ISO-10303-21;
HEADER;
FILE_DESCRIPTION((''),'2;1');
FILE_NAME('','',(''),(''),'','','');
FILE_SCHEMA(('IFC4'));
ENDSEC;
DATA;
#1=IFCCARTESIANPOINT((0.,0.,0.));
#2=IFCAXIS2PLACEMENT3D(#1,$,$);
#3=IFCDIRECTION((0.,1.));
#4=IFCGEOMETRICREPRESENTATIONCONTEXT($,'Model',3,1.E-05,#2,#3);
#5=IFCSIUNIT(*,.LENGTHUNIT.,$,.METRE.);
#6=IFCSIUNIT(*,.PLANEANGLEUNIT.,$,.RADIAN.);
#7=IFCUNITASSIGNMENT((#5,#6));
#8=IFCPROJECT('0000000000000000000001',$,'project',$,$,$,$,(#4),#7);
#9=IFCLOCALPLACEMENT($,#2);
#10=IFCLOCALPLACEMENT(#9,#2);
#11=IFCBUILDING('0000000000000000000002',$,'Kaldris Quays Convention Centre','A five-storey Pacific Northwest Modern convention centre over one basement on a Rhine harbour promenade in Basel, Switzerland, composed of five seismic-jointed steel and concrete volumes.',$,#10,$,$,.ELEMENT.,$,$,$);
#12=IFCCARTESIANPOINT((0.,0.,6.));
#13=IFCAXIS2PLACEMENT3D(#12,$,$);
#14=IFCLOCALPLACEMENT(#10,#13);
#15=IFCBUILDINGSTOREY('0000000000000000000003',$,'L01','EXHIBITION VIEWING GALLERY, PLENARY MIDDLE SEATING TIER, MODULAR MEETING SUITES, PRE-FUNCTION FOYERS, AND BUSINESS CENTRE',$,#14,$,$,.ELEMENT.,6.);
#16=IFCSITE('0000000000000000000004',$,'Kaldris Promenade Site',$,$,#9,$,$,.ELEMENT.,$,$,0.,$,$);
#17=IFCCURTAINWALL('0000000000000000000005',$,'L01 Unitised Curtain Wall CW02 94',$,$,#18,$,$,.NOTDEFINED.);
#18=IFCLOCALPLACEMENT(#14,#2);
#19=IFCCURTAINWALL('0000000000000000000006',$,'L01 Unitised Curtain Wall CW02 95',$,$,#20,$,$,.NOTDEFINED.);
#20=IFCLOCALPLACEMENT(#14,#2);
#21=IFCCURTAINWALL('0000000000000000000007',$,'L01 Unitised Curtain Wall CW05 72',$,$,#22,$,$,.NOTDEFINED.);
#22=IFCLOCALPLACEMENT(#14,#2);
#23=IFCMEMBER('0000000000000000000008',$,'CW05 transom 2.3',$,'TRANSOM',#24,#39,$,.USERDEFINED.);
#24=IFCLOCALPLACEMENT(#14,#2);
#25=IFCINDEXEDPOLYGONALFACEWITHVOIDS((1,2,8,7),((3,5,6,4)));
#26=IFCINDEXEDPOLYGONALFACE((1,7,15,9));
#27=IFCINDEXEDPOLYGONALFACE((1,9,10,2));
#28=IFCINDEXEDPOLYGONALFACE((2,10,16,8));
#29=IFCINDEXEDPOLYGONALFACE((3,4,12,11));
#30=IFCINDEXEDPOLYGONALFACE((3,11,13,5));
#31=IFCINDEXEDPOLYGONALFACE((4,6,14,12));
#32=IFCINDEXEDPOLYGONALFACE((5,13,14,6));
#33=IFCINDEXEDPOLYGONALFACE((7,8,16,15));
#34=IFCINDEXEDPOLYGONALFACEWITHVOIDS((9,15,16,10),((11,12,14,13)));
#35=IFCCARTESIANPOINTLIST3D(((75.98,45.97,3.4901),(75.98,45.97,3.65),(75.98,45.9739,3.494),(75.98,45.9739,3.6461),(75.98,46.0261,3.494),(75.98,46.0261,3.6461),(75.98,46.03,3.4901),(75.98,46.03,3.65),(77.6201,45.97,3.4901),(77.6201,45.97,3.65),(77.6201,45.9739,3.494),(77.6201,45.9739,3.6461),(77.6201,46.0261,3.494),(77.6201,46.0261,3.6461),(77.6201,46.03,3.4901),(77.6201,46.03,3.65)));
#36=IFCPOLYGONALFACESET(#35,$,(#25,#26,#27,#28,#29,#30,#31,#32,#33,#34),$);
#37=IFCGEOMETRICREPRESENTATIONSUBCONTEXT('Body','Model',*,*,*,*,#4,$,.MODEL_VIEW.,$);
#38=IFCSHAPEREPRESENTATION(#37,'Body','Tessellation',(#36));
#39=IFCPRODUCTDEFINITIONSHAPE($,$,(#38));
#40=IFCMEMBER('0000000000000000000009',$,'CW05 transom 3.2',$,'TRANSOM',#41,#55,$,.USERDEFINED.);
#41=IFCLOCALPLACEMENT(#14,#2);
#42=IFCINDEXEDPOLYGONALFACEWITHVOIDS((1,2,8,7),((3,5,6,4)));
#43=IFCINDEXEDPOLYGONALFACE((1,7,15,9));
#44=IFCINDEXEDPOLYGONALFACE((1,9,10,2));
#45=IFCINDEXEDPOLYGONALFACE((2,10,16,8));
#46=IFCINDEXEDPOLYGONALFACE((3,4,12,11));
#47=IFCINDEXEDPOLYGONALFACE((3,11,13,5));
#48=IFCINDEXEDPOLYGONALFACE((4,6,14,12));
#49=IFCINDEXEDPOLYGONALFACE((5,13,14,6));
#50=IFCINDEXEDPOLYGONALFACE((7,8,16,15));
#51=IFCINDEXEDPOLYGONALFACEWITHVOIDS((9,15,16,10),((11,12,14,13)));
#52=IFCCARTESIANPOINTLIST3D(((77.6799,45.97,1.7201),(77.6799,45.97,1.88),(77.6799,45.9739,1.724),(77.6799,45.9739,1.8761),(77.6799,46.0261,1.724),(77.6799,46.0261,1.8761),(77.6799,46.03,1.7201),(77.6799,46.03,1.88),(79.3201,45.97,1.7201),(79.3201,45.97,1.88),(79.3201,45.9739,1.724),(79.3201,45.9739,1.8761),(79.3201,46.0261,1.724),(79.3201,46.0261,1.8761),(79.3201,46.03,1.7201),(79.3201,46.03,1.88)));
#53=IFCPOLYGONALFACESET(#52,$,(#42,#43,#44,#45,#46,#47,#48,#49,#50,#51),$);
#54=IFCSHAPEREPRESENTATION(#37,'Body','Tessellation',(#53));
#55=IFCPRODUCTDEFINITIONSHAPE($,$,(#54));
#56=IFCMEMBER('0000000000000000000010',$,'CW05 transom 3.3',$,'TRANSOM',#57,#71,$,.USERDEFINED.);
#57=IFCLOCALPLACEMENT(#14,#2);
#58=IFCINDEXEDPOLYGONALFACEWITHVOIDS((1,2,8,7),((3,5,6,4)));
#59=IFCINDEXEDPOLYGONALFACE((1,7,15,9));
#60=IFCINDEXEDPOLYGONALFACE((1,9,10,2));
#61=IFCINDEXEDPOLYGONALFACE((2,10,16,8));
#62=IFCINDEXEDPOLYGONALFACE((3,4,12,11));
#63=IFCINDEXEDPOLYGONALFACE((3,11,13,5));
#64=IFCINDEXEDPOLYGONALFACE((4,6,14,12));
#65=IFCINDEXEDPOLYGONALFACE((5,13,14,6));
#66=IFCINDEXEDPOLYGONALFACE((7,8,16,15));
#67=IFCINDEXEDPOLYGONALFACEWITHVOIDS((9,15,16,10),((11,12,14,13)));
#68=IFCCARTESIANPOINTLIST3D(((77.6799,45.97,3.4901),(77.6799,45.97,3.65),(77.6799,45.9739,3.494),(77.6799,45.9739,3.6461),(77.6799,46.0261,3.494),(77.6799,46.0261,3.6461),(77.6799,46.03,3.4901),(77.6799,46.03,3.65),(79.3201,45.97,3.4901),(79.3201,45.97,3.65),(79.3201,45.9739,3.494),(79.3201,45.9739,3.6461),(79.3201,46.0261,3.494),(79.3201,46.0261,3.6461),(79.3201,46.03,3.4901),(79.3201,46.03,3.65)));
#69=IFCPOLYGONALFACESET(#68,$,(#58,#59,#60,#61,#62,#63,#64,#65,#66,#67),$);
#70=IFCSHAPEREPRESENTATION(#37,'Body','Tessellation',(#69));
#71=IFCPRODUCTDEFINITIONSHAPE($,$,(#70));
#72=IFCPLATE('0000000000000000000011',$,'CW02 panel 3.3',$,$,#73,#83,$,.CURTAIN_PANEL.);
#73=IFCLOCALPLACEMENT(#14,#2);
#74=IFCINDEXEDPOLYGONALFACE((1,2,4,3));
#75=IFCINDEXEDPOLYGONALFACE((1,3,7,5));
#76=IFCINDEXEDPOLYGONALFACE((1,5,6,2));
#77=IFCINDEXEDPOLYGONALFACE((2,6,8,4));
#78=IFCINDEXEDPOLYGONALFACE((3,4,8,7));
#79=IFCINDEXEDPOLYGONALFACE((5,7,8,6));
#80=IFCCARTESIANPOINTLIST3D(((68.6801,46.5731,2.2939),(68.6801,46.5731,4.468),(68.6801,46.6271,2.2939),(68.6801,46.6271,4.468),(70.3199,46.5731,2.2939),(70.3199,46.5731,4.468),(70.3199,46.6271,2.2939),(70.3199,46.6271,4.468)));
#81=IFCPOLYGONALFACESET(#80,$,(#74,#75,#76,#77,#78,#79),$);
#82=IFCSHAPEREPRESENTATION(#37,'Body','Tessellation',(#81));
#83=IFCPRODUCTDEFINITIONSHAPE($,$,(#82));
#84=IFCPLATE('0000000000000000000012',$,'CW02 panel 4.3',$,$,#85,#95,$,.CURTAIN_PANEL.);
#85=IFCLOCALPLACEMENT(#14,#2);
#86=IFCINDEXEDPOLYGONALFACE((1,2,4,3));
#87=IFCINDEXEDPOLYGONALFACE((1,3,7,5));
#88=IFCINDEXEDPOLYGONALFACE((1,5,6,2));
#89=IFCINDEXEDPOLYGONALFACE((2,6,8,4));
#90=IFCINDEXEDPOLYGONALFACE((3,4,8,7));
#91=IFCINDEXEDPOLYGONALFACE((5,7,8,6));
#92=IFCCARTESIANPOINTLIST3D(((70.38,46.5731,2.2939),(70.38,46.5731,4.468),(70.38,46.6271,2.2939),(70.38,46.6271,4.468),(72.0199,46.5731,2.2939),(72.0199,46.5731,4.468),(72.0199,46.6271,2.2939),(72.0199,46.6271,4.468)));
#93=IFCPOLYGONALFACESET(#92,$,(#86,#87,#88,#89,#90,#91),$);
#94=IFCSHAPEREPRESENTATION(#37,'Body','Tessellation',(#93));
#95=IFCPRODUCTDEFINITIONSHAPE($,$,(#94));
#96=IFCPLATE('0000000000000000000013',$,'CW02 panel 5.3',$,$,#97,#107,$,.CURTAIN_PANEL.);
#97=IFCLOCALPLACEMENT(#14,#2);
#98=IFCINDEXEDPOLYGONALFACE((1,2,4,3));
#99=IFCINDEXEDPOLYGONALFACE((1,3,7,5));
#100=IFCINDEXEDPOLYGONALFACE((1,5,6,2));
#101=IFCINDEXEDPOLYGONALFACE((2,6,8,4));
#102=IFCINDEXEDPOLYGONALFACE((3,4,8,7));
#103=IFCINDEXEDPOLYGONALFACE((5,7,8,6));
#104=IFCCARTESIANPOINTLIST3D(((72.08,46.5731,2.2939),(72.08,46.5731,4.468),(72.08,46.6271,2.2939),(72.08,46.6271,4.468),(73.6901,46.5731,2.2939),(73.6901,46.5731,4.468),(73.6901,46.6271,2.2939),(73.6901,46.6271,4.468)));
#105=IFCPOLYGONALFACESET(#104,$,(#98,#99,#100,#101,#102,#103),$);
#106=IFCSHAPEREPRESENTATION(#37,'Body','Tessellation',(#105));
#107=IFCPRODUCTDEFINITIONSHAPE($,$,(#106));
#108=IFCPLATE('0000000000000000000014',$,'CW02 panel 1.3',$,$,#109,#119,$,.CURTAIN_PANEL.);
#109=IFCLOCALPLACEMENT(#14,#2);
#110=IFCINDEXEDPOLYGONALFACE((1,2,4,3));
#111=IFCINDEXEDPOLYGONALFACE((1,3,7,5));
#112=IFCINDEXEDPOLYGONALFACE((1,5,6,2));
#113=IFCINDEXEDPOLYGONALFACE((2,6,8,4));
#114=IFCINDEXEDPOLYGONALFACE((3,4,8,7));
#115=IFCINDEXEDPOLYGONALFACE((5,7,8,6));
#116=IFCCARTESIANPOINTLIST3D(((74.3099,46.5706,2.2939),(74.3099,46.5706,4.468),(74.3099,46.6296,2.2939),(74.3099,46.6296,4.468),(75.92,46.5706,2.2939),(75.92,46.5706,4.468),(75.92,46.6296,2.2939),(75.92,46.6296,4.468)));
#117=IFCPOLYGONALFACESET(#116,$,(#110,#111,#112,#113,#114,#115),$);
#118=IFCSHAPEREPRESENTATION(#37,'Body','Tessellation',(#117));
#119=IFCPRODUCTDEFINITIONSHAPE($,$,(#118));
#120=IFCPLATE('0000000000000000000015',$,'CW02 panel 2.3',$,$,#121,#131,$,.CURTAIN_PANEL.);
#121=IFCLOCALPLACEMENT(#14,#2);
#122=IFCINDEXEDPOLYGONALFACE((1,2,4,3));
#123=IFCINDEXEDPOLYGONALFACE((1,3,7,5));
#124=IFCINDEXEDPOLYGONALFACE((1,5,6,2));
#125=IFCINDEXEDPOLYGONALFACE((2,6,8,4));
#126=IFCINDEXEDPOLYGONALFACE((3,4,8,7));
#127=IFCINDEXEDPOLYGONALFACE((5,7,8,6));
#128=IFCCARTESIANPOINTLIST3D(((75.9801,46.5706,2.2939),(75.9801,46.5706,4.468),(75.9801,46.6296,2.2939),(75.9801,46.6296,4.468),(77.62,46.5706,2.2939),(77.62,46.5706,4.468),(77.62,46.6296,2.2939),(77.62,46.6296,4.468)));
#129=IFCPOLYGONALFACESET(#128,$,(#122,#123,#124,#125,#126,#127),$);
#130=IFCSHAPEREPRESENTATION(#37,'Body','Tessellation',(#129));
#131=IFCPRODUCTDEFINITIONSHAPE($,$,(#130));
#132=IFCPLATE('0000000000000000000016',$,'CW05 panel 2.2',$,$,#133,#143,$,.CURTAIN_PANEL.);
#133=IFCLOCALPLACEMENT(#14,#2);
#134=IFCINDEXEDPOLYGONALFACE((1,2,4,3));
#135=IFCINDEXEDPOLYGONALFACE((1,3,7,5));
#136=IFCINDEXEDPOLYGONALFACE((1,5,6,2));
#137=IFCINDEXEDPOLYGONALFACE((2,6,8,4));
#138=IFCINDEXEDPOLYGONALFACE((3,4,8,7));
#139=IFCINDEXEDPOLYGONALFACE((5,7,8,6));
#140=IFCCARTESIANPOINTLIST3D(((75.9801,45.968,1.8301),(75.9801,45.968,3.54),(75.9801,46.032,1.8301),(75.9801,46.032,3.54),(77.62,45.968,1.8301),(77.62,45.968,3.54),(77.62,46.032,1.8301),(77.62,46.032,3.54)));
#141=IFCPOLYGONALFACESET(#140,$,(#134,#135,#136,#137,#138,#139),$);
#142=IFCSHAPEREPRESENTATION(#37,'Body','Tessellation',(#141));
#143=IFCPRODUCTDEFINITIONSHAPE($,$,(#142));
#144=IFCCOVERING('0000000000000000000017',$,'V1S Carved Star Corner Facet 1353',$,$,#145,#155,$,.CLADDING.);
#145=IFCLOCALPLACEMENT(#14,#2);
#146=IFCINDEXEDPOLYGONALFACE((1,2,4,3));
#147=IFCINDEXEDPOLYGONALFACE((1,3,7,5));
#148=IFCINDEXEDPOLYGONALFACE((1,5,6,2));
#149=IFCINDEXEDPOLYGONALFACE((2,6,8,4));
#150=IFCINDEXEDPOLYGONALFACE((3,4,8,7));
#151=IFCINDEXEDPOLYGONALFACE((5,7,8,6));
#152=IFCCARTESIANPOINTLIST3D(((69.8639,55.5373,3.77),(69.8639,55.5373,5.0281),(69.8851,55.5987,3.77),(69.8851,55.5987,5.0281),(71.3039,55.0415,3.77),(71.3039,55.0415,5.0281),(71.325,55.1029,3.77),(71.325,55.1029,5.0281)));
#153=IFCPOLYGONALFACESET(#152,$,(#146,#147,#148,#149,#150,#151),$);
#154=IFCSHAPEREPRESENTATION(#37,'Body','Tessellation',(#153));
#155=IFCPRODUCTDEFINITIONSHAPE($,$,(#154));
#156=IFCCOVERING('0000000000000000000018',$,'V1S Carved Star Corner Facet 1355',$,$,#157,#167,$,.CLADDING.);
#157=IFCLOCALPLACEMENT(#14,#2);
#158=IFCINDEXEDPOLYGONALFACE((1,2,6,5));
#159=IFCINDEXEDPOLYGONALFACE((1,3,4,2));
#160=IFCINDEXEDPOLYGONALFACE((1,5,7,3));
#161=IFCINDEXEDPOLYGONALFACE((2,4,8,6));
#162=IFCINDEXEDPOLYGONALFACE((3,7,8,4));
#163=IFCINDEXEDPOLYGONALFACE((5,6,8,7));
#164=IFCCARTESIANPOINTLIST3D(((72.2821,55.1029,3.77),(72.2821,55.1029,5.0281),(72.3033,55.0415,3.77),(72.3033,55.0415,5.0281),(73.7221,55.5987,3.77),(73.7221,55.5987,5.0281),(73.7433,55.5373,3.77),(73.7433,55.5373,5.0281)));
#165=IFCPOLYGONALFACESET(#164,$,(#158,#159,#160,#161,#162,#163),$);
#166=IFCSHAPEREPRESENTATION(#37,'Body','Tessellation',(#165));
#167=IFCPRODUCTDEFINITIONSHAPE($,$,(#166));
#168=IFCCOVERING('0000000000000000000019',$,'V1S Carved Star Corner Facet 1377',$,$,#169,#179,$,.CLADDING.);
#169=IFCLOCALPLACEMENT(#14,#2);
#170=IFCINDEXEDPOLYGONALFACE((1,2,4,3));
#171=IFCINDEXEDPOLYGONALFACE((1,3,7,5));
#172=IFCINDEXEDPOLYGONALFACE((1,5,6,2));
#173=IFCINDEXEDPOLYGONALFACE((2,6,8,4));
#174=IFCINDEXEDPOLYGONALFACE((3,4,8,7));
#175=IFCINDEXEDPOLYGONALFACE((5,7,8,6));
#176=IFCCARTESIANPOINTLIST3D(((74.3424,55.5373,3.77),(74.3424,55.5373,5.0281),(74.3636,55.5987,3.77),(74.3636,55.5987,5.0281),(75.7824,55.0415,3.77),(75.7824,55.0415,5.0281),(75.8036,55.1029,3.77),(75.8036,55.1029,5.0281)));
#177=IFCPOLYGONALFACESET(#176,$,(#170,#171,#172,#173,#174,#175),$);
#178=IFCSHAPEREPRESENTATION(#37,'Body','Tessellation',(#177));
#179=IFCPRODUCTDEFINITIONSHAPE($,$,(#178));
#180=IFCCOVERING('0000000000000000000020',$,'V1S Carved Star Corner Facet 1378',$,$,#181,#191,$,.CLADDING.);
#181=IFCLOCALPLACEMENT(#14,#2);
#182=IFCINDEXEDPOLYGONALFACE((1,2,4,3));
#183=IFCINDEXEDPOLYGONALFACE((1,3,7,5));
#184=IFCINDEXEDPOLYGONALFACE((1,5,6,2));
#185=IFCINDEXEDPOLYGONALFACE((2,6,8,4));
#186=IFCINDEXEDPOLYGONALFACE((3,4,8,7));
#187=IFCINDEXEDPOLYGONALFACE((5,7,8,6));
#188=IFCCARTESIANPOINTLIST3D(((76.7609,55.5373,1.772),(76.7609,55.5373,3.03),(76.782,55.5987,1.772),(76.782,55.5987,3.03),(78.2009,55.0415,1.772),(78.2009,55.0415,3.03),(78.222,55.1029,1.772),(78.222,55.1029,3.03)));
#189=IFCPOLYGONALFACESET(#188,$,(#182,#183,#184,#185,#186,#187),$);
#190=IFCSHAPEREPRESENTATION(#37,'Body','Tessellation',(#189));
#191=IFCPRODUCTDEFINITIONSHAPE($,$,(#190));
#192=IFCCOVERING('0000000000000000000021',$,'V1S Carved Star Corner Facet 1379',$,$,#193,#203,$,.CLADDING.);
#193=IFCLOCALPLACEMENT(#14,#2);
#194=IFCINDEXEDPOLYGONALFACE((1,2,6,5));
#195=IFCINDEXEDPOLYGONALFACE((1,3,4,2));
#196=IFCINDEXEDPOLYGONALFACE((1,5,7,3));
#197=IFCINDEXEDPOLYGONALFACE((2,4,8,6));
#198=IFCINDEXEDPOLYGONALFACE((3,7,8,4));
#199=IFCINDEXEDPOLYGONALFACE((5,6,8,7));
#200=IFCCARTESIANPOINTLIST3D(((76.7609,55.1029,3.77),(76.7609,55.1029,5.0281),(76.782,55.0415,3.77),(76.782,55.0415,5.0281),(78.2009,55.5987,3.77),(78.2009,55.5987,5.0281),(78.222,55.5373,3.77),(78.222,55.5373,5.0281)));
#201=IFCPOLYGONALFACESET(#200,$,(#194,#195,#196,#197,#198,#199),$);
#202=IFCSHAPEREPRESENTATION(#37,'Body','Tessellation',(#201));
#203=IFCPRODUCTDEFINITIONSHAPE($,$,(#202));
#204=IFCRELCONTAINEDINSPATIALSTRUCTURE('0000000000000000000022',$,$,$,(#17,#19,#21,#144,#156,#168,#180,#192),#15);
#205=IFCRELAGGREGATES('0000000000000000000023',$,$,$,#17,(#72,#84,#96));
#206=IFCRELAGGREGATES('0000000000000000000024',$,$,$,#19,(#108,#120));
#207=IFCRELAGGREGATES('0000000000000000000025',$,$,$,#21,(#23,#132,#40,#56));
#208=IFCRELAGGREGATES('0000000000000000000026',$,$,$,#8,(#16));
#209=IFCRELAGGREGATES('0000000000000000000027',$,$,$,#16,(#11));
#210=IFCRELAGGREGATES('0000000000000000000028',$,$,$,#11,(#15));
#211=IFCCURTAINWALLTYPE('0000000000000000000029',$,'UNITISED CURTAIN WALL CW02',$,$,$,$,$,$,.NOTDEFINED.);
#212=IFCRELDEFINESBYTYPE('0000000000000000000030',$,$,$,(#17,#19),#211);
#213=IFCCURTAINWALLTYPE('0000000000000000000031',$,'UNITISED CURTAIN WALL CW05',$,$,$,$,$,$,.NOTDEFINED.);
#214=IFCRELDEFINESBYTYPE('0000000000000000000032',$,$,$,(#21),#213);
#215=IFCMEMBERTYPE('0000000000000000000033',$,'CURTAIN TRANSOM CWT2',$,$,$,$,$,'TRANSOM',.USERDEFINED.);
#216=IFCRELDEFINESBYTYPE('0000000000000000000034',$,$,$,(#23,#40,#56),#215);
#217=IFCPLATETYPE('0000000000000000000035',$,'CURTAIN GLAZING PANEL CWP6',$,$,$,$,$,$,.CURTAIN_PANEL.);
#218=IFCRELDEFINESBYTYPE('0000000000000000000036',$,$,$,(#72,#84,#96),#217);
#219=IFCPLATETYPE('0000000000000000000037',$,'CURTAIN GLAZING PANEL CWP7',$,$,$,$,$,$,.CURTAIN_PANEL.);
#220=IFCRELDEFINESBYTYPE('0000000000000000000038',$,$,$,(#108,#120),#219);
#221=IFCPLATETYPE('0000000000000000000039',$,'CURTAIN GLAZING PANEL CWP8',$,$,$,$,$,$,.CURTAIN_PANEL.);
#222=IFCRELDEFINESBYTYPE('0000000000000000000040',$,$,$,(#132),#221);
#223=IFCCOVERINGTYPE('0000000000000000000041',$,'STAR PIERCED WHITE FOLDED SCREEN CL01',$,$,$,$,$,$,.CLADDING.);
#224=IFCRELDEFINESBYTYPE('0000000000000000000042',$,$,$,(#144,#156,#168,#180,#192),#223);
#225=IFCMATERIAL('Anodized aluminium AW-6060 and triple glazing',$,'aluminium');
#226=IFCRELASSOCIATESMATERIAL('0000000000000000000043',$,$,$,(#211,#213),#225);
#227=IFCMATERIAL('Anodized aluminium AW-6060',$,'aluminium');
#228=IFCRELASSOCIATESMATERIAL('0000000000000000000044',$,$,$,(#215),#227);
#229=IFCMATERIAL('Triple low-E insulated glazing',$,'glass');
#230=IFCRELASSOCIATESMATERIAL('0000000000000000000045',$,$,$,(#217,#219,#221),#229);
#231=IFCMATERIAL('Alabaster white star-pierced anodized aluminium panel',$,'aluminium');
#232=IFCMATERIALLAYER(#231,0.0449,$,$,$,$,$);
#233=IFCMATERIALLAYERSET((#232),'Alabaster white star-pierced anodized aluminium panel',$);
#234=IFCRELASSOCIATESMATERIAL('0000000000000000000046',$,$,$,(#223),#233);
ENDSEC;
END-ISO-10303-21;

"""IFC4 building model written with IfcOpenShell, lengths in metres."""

from ifc_helpers import new_model, si_unit, direction, frame, origin, origin_2d, place, context, subcontext, project, spatial, rectangle, hollow_rectangle, extrude, material, layer, layer_set, material_profile, profile_set, type_object, element, aggregate, save


model = new_model("IFC4")

# Units and contexts
model_context = context("Model", 3, precision=1e-05, world=origin(), true_north=direction((0.0, 1.0)))
body_context = subcontext(model_context, "Body", "Model", "MODEL_VIEW")
ifc_project = project(units=[si_unit("LENGTHUNIT", "METRE"), si_unit("PLANEANGLEUNIT", "RADIAN")], contexts=[model_context])

# Site, building, storey
site_placement = place(None, origin())
site = spatial("IfcSite", under=ifc_project, at=site_placement, Name="Kaldris Promenade Site", CompositionType="ELEMENT", RefElevation=0.0)
building_placement = place(site_placement, origin())
building = spatial("IfcBuilding", under=site, at=building_placement, Name="Kaldris Quays Convention Centre", Description="A five-storey Pacific Northwest Modern convention centre over one basement on a Rhine harbour promenade in Basel, Switzerland, composed of five seismic-jointed steel and concrete volumes.", CompositionType="ELEMENT")
storey_placement = place(building_placement, frame((0.0, 0.0, 6.0)))
storey = spatial("IfcBuildingStorey", under=building, at=storey_placement, Name="L01", Description="EXHIBITION VIEWING GALLERY, PLENARY MIDDLE SEATING TIER, MODULAR MEETING SUITES, PRE-FUNCTION FOYERS, AND BUSINESS CENTRE", CompositionType="ELEMENT", Elevation=6.0)

# Curtain walls, members
ifc_material_1 = material(Name="Anodized aluminium AW-6060 and triple glazing", Category="aluminium")
curtain_wall_type_1 = type_object("IfcCurtainWallType", Name="UNITISED CURTAIN WALL CW02", PredefinedType="NOTDEFINED", material=ifc_material_1)
curtain_wall_1_placement = place(storey_placement, origin())
curtain_wall_1 = element("IfcCurtainWall", 1, at=curtain_wall_1_placement, inside=storey, type_object=curtain_wall_type_1, Name="L01 Unitised Curtain Wall CW02 94", PredefinedType="NOTDEFINED")
ifc_material_2 = material(Name="Anodized aluminium AW-6060", Category="aluminium")
curtain_wall_2_placement = place(storey_placement, origin())
curtain_wall_2 = element("IfcCurtainWall", 2, at=curtain_wall_2_placement, inside=storey, type_object=curtain_wall_type_1, Name="L01 Unitised Curtain Wall CW02 95", PredefinedType="NOTDEFINED")
curtain_wall_type_2 = type_object("IfcCurtainWallType", Name="UNITISED CURTAIN WALL CW05", PredefinedType="NOTDEFINED", material=ifc_material_1)
curtain_wall_3_placement = place(storey_placement, origin())
curtain_wall_3 = element("IfcCurtainWall", 3, at=curtain_wall_3_placement, inside=storey, type_object=curtain_wall_type_2, Name="L01 Unitised Curtain Wall CW05 72", PredefinedType="NOTDEFINED")
ifc_material_profile_1 = material_profile(ifc_material_2, hollow_rectangle(XDim=0.0601, YDim=0.1599, WallThickness=0.0039, at=origin_2d()), Name="RHS 160x60x4")
ifc_profile_set_1 = profile_set([ifc_material_profile_1], Name="Anodized aluminium AW-6060")
member_type_1 = type_object("IfcMemberType", Name="CURTAIN TRANSOM CWT2", ElementType="TRANSOM", PredefinedType="USERDEFINED", material=ifc_profile_set_1)
member_1_placement = place(storey_placement, frame((75.98, 46.0, 3.5701), z_axis=(1.0, 0.0, 0.0), x_axis=(0.0, 1.0, 0.0)))
member_1 = element("IfcMember", 4, at=member_1_placement, type_object=member_type_1, Name="CW05 transom 2.3", ObjectType="TRANSOM", PredefinedType="USERDEFINED", context=body_context, shape_type="SweptSolid", body=[
    extrude(hollow_rectangle(XDim=0.0601, YDim=0.1599, WallThickness=0.0039, at=origin_2d()), origin(), (0.0, 0.0, 1.0), 1.6401),
])
member_2_placement = place(storey_placement, frame((77.6799, 46.0, 1.8), z_axis=(1.0, 0.0, 0.0), x_axis=(0.0, 1.0, 0.0)))
member_2 = element("IfcMember", 5, at=member_2_placement, type_object=member_type_1, Name="CW05 transom 3.2", ObjectType="TRANSOM", PredefinedType="USERDEFINED", context=body_context, shape_type="SweptSolid", body=[
    extrude(hollow_rectangle(XDim=0.0601, YDim=0.1599, WallThickness=0.0039, at=origin_2d()), origin(), (0.0, 0.0, 1.0), 1.6401),
])
member_3_placement = place(storey_placement, frame((77.6799, 46.0, 3.5701), z_axis=(1.0, 0.0, 0.0), x_axis=(0.0, 1.0, 0.0)))
member_3 = element("IfcMember", 6, at=member_3_placement, type_object=member_type_1, Name="CW05 transom 3.3", ObjectType="TRANSOM", PredefinedType="USERDEFINED", context=body_context, shape_type="SweptSolid", body=[
    extrude(hollow_rectangle(XDim=0.0601, YDim=0.1599, WallThickness=0.0039, at=origin_2d()), origin(), (0.0, 0.0, 1.0), 1.6401),
])

# Plates
ifc_material_3 = material(Name="Triple low-E insulated glazing", Category="glass")
plate_type_1 = type_object("IfcPlateType", Name="CURTAIN GLAZING PANEL CWP6", PredefinedType="CURTAIN_PANEL", material=ifc_material_3)
plate_1_placement = place(storey_placement, frame((69.5, 46.6001, 2.2939), z_axis=(0.0, 0.0, 1.0), x_axis=(1.0, 0.0, 0.0)))
plate_1 = element("IfcPlate", 7, at=plate_1_placement, type_object=plate_type_1, Name="CW02 panel 3.3", PredefinedType="CURTAIN_PANEL", context=body_context, shape_type="SweptSolid", body=[
    extrude(rectangle(XDim=1.6399, YDim=0.054, at=origin_2d()), origin(), (0.0, 0.0, 1.0), 2.1741),
])
plate_2_placement = place(storey_placement, frame((71.2, 46.6001, 2.2939), z_axis=(0.0, 0.0, 1.0), x_axis=(1.0, 0.0, 0.0)))
plate_2 = element("IfcPlate", 8, at=plate_2_placement, type_object=plate_type_1, Name="CW02 panel 4.3", PredefinedType="CURTAIN_PANEL", context=body_context, shape_type="SweptSolid", body=[
    extrude(rectangle(XDim=1.6399, YDim=0.054, at=origin_2d()), origin(), (0.0, 0.0, 1.0), 2.1741),
])
plate_3_placement = place(storey_placement, frame((72.885, 46.6001, 2.2939), z_axis=(0.0, 0.0, 1.0), x_axis=(1.0, 0.0, 0.0)))
plate_3 = element("IfcPlate", 9, at=plate_3_placement, type_object=plate_type_1, Name="CW02 panel 5.3", PredefinedType="CURTAIN_PANEL", context=body_context, shape_type="SweptSolid", body=[
    extrude(rectangle(XDim=1.6101, YDim=0.054, at=origin_2d()), origin(), (0.0, 0.0, 1.0), 2.1741),
])
aggregate(curtain_wall_1, [plate_1, plate_2, plate_3])
plate_type_2 = type_object("IfcPlateType", Name="CURTAIN GLAZING PANEL CWP7", PredefinedType="CURTAIN_PANEL", material=ifc_material_3)
plate_4_placement = place(storey_placement, frame((75.115, 46.6001, 2.2939), z_axis=(0.0, 0.0, 1.0), x_axis=(1.0, 0.0, 0.0)))
plate_4 = element("IfcPlate", 10, at=plate_4_placement, type_object=plate_type_2, Name="CW02 panel 1.3", PredefinedType="CURTAIN_PANEL", context=body_context, shape_type="SweptSolid", body=[
    extrude(rectangle(XDim=1.6101, YDim=0.0591, at=origin_2d()), origin(), (0.0, 0.0, 1.0), 2.1741),
])
plate_5_placement = place(storey_placement, frame((76.8, 46.6001, 2.2939), z_axis=(0.0, 0.0, 1.0), x_axis=(1.0, 0.0, 0.0)))
plate_5 = element("IfcPlate", 11, at=plate_5_placement, type_object=plate_type_2, Name="CW02 panel 2.3", PredefinedType="CURTAIN_PANEL", context=body_context, shape_type="SweptSolid", body=[
    extrude(rectangle(XDim=1.6399, YDim=0.0591, at=origin_2d()), origin(), (0.0, 0.0, 1.0), 2.1741),
])
aggregate(curtain_wall_2, [plate_4, plate_5])
plate_type_3 = type_object("IfcPlateType", Name="CURTAIN GLAZING PANEL CWP8", PredefinedType="CURTAIN_PANEL", material=ifc_material_3)
plate_6_placement = place(storey_placement, frame((76.8, 46.0, 1.8301), z_axis=(0.0, 0.0, 1.0), x_axis=(1.0, 0.0, 0.0)))
plate_6 = element("IfcPlate", 12, at=plate_6_placement, type_object=plate_type_3, Name="CW05 panel 2.2", PredefinedType="CURTAIN_PANEL", context=body_context, shape_type="SweptSolid", body=[
    extrude(rectangle(XDim=1.6399, YDim=0.064, at=origin_2d()), origin(), (0.0, 0.0, 1.0), 1.71),
])
aggregate(curtain_wall_3, [member_1, plate_6, member_2, member_3])

# Coverings
ifc_material_4 = material(Name="Alabaster white star-pierced anodized aluminium panel", Category="aluminium")
ifc_layer = layer(ifc_material_4, 0.0449)
ifc_layer_set = layer_set([ifc_layer], Name="Alabaster white star-pierced anodized aluminium panel")
covering_type = type_object("IfcCoveringType", Name="STAR PIERCED WHITE FOLDED SCREEN CL01", PredefinedType="CLADDING", material=ifc_layer_set)
for number, where, z_axis, x_axis, name in (
    (13, (70.5945, 55.3201, 3.77), (0.0, 0.0, 1.0), (0.945519, -0.325568, 0.0), "V1S Carved Star Corner Facet 1353"),
    (14, (73.0127, 55.3201, 3.77), (0.0, 0.0, 1.0), (0.945519, 0.325568, 0.0), "V1S Carved Star Corner Facet 1355"),
    (15, (75.073, 55.3201, 3.77), (0.0, 0.0, 1.0), (0.945519, -0.325568, 0.0), "V1S Carved Star Corner Facet 1377"),
    (16, (77.4915, 55.3201, 1.772), (0.0, 0.0, 1.0), (0.945519, -0.325568, 0.0), "V1S Carved Star Corner Facet 1378"),
    (17, (77.4915, 55.3201, 3.77), (0.0, 0.0, 1.0), (0.945519, 0.325568, 0.0), "V1S Carved Star Corner Facet 1379"),
):
    element("IfcCovering", number, at=place(storey_placement, frame(where, z_axis=z_axis, x_axis=x_axis)), inside=storey, type_object=covering_type, Name=name, PredefinedType="CLADDING", context=body_context, shape_type="SweptSolid", body=[
        extrude(rectangle(XDim=1.5229, YDim=0.0649, at=origin_2d()), origin(), (0.0, 0.0, 1.0), 1.2581),
    ])

save(model, "model.ifc")
